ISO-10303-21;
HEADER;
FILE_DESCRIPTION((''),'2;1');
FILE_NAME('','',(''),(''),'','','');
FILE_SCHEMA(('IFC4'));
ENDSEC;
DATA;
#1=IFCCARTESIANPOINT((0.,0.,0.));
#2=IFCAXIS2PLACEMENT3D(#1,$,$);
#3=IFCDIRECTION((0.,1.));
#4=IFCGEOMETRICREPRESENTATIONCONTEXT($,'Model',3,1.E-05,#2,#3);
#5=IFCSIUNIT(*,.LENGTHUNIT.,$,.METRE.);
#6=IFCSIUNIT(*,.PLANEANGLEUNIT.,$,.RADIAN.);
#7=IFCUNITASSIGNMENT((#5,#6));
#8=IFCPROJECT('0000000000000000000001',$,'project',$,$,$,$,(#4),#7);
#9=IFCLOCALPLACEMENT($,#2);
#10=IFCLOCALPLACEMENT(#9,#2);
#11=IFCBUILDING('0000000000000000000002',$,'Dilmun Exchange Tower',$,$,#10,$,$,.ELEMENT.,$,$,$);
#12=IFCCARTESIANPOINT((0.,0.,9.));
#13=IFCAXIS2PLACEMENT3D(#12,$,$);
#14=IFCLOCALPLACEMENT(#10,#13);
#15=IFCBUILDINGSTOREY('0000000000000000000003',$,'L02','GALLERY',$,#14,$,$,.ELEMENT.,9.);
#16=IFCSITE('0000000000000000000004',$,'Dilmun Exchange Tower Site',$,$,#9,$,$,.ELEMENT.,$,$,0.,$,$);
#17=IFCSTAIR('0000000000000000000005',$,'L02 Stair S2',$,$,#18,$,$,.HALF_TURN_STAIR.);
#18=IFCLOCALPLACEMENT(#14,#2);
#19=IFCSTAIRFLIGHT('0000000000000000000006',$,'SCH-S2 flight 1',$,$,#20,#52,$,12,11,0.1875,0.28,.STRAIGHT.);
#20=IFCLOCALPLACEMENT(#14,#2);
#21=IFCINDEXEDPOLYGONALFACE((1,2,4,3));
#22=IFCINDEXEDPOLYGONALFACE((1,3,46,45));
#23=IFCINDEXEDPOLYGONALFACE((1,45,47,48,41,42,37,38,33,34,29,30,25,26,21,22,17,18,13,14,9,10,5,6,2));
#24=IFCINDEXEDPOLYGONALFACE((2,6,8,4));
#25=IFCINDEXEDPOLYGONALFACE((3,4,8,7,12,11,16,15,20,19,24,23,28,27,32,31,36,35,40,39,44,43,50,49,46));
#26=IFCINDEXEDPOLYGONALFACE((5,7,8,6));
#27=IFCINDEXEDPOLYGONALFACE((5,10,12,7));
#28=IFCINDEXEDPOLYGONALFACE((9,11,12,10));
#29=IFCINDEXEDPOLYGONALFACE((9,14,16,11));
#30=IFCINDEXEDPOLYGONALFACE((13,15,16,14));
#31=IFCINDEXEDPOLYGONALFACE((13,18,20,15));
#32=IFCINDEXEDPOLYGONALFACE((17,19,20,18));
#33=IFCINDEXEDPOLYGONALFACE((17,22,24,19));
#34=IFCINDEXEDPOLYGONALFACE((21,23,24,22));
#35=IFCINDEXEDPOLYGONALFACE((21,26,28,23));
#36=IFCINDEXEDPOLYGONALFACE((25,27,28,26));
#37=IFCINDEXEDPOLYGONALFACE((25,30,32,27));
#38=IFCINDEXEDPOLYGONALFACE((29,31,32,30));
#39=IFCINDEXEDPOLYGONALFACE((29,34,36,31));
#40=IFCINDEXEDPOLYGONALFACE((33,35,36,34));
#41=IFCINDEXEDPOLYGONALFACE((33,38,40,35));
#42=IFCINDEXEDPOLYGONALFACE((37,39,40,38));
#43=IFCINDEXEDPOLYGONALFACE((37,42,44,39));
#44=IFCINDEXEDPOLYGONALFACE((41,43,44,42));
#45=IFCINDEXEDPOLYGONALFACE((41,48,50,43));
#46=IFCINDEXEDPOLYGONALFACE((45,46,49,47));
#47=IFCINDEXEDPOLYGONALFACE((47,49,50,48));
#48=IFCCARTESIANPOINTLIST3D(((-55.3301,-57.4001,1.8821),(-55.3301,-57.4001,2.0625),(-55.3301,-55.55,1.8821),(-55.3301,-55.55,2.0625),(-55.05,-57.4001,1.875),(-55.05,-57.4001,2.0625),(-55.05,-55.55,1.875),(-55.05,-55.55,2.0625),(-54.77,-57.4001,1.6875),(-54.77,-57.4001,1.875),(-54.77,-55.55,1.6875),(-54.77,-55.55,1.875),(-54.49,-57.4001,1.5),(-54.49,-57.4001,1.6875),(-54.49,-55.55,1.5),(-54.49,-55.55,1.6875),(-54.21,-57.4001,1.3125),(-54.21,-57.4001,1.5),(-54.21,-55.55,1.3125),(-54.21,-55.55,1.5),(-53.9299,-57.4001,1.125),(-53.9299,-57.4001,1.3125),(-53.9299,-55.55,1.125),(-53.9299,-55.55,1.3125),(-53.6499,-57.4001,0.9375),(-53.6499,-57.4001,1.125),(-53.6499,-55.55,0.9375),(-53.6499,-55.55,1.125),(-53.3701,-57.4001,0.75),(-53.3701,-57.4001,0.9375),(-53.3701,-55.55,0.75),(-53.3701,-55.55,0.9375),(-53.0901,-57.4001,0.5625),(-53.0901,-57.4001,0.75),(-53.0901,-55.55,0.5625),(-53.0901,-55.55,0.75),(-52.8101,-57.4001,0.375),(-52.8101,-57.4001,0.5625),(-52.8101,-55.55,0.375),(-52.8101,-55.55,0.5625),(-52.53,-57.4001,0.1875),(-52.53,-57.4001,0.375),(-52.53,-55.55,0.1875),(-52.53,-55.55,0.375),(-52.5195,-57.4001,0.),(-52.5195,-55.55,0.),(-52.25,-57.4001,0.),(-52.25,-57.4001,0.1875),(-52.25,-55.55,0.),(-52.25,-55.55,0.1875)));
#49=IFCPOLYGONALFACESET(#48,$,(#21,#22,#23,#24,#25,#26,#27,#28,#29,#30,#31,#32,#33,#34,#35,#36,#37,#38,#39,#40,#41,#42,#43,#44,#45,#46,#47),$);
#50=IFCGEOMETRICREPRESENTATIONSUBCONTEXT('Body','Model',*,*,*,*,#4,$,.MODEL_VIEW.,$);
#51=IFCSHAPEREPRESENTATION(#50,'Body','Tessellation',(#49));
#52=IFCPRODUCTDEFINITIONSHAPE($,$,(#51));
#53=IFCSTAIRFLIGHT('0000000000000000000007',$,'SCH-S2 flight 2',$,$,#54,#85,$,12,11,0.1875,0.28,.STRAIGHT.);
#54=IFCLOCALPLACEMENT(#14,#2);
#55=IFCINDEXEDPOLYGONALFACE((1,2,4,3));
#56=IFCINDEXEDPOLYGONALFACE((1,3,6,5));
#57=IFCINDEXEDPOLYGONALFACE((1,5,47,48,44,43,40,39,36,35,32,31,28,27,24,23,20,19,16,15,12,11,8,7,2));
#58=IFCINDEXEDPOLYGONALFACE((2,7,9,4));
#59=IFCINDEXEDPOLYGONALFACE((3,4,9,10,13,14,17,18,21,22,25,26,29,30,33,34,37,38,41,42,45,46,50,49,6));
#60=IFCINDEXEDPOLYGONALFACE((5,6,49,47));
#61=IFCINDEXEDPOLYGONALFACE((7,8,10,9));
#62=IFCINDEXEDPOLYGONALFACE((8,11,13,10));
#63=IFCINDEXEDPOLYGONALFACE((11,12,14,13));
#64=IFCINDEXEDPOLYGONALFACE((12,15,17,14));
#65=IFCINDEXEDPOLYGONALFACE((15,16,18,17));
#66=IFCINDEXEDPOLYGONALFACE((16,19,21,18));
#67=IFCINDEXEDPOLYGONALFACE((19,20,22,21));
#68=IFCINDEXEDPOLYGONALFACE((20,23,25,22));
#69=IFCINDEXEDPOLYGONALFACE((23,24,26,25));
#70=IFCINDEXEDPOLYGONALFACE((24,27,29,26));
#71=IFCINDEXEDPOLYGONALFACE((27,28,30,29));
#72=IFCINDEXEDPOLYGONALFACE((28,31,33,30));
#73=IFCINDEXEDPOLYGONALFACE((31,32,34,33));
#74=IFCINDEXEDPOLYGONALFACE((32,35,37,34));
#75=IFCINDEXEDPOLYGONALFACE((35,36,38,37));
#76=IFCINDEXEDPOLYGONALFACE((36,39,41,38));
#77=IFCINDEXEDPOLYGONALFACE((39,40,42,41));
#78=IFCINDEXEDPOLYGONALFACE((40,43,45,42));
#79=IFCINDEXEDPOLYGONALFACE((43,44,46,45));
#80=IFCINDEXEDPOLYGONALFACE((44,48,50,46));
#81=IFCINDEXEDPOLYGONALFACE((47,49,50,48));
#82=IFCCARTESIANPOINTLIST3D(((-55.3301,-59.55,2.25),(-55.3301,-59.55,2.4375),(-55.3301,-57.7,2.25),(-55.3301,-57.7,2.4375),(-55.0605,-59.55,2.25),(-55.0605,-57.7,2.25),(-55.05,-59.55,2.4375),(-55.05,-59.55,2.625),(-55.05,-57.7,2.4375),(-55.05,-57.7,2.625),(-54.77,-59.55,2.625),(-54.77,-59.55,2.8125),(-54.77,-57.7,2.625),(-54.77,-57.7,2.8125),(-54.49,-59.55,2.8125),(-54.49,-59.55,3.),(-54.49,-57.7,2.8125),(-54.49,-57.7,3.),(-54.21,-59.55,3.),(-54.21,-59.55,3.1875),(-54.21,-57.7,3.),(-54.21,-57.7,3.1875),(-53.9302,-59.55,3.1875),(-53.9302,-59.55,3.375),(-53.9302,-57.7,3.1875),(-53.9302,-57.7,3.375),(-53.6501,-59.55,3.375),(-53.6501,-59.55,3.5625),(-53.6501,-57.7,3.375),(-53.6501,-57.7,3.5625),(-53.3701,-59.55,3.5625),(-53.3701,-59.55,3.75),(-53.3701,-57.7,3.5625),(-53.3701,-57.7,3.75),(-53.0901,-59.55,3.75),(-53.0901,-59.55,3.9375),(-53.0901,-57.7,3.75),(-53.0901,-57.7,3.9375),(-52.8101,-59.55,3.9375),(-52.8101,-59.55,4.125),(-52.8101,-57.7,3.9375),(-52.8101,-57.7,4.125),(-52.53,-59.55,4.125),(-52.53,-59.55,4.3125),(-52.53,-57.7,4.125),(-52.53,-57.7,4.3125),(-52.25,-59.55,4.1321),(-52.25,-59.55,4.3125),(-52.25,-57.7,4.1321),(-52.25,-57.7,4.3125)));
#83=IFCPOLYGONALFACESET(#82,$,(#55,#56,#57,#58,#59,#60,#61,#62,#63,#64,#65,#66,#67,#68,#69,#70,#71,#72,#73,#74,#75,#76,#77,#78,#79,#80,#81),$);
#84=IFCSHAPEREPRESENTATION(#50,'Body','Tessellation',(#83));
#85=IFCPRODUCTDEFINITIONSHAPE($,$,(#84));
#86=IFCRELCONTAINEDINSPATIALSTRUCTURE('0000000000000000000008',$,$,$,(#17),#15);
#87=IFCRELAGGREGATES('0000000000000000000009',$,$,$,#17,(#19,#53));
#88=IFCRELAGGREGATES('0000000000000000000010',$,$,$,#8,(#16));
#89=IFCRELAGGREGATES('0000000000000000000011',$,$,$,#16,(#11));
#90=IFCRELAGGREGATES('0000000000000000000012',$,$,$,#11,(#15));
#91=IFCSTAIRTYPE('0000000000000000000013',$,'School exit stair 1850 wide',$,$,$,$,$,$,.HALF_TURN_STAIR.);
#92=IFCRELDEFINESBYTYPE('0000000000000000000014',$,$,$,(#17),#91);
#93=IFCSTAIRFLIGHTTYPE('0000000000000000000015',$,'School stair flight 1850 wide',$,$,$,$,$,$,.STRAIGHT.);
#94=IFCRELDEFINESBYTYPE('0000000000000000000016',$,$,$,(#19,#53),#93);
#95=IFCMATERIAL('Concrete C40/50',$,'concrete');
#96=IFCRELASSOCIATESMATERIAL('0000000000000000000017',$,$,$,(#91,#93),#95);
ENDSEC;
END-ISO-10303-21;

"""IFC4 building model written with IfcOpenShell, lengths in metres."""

from ifc_helpers import new_model, si_unit, direction, frame, origin, place, context, subcontext, project, spatial, polyline, outline, extrude, material, type_object, element, aggregate, save


model = new_model("IFC4")

# Units and contexts
model_context = context("Model", 3, precision=1e-05, world=origin(), true_north=direction((0.0, 1.0)))
body_context = subcontext(model_context, "Body", "Model", "MODEL_VIEW")
ifc_project = project(units=[si_unit("LENGTHUNIT", "METRE"), si_unit("PLANEANGLEUNIT", "RADIAN")], contexts=[model_context])

# Site, building, storey
site_placement = place(None, origin())
site = spatial("IfcSite", under=ifc_project, at=site_placement, Name="Dilmun Exchange Tower Site", CompositionType="ELEMENT", RefElevation=0.0)
building_placement = place(site_placement, origin())
building = spatial("IfcBuilding", under=site, at=building_placement, Name="Dilmun Exchange Tower", CompositionType="ELEMENT")
storey_placement = place(building_placement, frame((0.0, 0.0, 9.0)))
storey = spatial("IfcBuildingStorey", under=building, at=storey_placement, Name="L02", Description="GALLERY", CompositionType="ELEMENT", Elevation=9.0)

# Shared definitions
ifc_material_1 = material(Name="Concrete C40/50", Category="concrete")

# Stair, stair flights
stair_type = type_object("IfcStairType", Name="School exit stair 1850 wide", PredefinedType="HALF_TURN_STAIR", material=ifc_material_1)
stair_placement = place(storey_placement, origin())
stair = element("IfcStair", 1, at=stair_placement, inside=storey, type_object=stair_type, Name="L02 Stair S2", PredefinedType="HALF_TURN_STAIR")
stair_flight_type = type_object("IfcStairFlightType", Name="School stair flight 1850 wide", PredefinedType="STRAIGHT", material=ifc_material_1)
stair_flight_1_placement = place(storey_placement, frame((-52.25, -56.4751, 0.0), z_axis=(0.0, 0.0, 1.0), x_axis=(-1.0, 0.0, 0.0)))
stair_flight_1 = element("IfcStairFlight", 2, at=stair_flight_1_placement, type_object=stair_flight_type, Name="SCH-S2 flight 1", NumberOfRisers=12, NumberOfTreads=11, PredefinedType="STRAIGHT", RiserHeight=0.1875, TreadLength=0.28, context=body_context, shape_type="SweptSolid", body=[
    extrude(outline(polyline([(0.0, 0.0), (0.0, 0.1875), (0.28, 0.1875), (0.28, 0.375), (0.5601, 0.375), (0.5601, 0.5625), (0.8401, 0.5625), (0.8401, 0.75), (1.1201, 0.75), (1.1201, 0.9375), (1.3999, 0.9375), (1.3999, 1.125), (1.6799, 1.125), (1.6799, 1.3125), (1.96, 1.3125), (1.96, 1.5), (2.24, 1.5), (2.24, 1.6875), (2.52, 1.6875), (2.52, 1.875), (2.8, 1.875), (2.8, 2.0625), (3.0801, 2.0625), (3.0801, 2.25), (3.0801, 1.8821), (0.2695, 0.0), (0.0, 0.0)])), frame((0.0, 0.925, 0.0), z_axis=(0.0, -1.0, 0.0), x_axis=(1.0, 0.0, 0.0)), (0.0, 0.0, 1.0), 1.8501),
])
stair_flight_2_placement = place(storey_placement, frame((-55.3301, -58.625, 2.25), z_axis=(0.0, 0.0, 1.0), x_axis=(1.0, 0.0, 0.0)))
stair_flight_2 = element("IfcStairFlight", 3, at=stair_flight_2_placement, type_object=stair_flight_type, Name="SCH-S2 flight 2", NumberOfRisers=12, NumberOfTreads=11, PredefinedType="STRAIGHT", RiserHeight=0.1875, TreadLength=0.28, context=body_context, shape_type="SweptSolid", body=[
    extrude(outline(polyline([(0.0, 0.0), (0.0, 0.1875), (0.28, 0.1875), (0.28, 0.375), (0.5601, 0.375), (0.5601, 0.5625), (0.8401, 0.5625), (0.8401, 0.75), (1.1201, 0.75), (1.1201, 0.9375), (1.3999, 0.9375), (1.3999, 1.125), (1.6799, 1.125), (1.6799, 1.3125), (1.96, 1.3125), (1.96, 1.5), (2.24, 1.5), (2.24, 1.6875), (2.52, 1.6875), (2.52, 1.875), (2.8, 1.875), (2.8, 2.0625), (3.0801, 2.0625), (3.0801, 2.25), (3.0801, 1.8821), (0.2695, 0.0), (0.0, 0.0)])), frame((0.0, 0.925, 0.0), z_axis=(0.0, -1.0, 0.0), x_axis=(1.0, 0.0, 0.0)), (0.0, 0.0, 1.0), 1.8501),
])
aggregate(stair, [stair_flight_1, stair_flight_2])

save(model, "model.ifc")
